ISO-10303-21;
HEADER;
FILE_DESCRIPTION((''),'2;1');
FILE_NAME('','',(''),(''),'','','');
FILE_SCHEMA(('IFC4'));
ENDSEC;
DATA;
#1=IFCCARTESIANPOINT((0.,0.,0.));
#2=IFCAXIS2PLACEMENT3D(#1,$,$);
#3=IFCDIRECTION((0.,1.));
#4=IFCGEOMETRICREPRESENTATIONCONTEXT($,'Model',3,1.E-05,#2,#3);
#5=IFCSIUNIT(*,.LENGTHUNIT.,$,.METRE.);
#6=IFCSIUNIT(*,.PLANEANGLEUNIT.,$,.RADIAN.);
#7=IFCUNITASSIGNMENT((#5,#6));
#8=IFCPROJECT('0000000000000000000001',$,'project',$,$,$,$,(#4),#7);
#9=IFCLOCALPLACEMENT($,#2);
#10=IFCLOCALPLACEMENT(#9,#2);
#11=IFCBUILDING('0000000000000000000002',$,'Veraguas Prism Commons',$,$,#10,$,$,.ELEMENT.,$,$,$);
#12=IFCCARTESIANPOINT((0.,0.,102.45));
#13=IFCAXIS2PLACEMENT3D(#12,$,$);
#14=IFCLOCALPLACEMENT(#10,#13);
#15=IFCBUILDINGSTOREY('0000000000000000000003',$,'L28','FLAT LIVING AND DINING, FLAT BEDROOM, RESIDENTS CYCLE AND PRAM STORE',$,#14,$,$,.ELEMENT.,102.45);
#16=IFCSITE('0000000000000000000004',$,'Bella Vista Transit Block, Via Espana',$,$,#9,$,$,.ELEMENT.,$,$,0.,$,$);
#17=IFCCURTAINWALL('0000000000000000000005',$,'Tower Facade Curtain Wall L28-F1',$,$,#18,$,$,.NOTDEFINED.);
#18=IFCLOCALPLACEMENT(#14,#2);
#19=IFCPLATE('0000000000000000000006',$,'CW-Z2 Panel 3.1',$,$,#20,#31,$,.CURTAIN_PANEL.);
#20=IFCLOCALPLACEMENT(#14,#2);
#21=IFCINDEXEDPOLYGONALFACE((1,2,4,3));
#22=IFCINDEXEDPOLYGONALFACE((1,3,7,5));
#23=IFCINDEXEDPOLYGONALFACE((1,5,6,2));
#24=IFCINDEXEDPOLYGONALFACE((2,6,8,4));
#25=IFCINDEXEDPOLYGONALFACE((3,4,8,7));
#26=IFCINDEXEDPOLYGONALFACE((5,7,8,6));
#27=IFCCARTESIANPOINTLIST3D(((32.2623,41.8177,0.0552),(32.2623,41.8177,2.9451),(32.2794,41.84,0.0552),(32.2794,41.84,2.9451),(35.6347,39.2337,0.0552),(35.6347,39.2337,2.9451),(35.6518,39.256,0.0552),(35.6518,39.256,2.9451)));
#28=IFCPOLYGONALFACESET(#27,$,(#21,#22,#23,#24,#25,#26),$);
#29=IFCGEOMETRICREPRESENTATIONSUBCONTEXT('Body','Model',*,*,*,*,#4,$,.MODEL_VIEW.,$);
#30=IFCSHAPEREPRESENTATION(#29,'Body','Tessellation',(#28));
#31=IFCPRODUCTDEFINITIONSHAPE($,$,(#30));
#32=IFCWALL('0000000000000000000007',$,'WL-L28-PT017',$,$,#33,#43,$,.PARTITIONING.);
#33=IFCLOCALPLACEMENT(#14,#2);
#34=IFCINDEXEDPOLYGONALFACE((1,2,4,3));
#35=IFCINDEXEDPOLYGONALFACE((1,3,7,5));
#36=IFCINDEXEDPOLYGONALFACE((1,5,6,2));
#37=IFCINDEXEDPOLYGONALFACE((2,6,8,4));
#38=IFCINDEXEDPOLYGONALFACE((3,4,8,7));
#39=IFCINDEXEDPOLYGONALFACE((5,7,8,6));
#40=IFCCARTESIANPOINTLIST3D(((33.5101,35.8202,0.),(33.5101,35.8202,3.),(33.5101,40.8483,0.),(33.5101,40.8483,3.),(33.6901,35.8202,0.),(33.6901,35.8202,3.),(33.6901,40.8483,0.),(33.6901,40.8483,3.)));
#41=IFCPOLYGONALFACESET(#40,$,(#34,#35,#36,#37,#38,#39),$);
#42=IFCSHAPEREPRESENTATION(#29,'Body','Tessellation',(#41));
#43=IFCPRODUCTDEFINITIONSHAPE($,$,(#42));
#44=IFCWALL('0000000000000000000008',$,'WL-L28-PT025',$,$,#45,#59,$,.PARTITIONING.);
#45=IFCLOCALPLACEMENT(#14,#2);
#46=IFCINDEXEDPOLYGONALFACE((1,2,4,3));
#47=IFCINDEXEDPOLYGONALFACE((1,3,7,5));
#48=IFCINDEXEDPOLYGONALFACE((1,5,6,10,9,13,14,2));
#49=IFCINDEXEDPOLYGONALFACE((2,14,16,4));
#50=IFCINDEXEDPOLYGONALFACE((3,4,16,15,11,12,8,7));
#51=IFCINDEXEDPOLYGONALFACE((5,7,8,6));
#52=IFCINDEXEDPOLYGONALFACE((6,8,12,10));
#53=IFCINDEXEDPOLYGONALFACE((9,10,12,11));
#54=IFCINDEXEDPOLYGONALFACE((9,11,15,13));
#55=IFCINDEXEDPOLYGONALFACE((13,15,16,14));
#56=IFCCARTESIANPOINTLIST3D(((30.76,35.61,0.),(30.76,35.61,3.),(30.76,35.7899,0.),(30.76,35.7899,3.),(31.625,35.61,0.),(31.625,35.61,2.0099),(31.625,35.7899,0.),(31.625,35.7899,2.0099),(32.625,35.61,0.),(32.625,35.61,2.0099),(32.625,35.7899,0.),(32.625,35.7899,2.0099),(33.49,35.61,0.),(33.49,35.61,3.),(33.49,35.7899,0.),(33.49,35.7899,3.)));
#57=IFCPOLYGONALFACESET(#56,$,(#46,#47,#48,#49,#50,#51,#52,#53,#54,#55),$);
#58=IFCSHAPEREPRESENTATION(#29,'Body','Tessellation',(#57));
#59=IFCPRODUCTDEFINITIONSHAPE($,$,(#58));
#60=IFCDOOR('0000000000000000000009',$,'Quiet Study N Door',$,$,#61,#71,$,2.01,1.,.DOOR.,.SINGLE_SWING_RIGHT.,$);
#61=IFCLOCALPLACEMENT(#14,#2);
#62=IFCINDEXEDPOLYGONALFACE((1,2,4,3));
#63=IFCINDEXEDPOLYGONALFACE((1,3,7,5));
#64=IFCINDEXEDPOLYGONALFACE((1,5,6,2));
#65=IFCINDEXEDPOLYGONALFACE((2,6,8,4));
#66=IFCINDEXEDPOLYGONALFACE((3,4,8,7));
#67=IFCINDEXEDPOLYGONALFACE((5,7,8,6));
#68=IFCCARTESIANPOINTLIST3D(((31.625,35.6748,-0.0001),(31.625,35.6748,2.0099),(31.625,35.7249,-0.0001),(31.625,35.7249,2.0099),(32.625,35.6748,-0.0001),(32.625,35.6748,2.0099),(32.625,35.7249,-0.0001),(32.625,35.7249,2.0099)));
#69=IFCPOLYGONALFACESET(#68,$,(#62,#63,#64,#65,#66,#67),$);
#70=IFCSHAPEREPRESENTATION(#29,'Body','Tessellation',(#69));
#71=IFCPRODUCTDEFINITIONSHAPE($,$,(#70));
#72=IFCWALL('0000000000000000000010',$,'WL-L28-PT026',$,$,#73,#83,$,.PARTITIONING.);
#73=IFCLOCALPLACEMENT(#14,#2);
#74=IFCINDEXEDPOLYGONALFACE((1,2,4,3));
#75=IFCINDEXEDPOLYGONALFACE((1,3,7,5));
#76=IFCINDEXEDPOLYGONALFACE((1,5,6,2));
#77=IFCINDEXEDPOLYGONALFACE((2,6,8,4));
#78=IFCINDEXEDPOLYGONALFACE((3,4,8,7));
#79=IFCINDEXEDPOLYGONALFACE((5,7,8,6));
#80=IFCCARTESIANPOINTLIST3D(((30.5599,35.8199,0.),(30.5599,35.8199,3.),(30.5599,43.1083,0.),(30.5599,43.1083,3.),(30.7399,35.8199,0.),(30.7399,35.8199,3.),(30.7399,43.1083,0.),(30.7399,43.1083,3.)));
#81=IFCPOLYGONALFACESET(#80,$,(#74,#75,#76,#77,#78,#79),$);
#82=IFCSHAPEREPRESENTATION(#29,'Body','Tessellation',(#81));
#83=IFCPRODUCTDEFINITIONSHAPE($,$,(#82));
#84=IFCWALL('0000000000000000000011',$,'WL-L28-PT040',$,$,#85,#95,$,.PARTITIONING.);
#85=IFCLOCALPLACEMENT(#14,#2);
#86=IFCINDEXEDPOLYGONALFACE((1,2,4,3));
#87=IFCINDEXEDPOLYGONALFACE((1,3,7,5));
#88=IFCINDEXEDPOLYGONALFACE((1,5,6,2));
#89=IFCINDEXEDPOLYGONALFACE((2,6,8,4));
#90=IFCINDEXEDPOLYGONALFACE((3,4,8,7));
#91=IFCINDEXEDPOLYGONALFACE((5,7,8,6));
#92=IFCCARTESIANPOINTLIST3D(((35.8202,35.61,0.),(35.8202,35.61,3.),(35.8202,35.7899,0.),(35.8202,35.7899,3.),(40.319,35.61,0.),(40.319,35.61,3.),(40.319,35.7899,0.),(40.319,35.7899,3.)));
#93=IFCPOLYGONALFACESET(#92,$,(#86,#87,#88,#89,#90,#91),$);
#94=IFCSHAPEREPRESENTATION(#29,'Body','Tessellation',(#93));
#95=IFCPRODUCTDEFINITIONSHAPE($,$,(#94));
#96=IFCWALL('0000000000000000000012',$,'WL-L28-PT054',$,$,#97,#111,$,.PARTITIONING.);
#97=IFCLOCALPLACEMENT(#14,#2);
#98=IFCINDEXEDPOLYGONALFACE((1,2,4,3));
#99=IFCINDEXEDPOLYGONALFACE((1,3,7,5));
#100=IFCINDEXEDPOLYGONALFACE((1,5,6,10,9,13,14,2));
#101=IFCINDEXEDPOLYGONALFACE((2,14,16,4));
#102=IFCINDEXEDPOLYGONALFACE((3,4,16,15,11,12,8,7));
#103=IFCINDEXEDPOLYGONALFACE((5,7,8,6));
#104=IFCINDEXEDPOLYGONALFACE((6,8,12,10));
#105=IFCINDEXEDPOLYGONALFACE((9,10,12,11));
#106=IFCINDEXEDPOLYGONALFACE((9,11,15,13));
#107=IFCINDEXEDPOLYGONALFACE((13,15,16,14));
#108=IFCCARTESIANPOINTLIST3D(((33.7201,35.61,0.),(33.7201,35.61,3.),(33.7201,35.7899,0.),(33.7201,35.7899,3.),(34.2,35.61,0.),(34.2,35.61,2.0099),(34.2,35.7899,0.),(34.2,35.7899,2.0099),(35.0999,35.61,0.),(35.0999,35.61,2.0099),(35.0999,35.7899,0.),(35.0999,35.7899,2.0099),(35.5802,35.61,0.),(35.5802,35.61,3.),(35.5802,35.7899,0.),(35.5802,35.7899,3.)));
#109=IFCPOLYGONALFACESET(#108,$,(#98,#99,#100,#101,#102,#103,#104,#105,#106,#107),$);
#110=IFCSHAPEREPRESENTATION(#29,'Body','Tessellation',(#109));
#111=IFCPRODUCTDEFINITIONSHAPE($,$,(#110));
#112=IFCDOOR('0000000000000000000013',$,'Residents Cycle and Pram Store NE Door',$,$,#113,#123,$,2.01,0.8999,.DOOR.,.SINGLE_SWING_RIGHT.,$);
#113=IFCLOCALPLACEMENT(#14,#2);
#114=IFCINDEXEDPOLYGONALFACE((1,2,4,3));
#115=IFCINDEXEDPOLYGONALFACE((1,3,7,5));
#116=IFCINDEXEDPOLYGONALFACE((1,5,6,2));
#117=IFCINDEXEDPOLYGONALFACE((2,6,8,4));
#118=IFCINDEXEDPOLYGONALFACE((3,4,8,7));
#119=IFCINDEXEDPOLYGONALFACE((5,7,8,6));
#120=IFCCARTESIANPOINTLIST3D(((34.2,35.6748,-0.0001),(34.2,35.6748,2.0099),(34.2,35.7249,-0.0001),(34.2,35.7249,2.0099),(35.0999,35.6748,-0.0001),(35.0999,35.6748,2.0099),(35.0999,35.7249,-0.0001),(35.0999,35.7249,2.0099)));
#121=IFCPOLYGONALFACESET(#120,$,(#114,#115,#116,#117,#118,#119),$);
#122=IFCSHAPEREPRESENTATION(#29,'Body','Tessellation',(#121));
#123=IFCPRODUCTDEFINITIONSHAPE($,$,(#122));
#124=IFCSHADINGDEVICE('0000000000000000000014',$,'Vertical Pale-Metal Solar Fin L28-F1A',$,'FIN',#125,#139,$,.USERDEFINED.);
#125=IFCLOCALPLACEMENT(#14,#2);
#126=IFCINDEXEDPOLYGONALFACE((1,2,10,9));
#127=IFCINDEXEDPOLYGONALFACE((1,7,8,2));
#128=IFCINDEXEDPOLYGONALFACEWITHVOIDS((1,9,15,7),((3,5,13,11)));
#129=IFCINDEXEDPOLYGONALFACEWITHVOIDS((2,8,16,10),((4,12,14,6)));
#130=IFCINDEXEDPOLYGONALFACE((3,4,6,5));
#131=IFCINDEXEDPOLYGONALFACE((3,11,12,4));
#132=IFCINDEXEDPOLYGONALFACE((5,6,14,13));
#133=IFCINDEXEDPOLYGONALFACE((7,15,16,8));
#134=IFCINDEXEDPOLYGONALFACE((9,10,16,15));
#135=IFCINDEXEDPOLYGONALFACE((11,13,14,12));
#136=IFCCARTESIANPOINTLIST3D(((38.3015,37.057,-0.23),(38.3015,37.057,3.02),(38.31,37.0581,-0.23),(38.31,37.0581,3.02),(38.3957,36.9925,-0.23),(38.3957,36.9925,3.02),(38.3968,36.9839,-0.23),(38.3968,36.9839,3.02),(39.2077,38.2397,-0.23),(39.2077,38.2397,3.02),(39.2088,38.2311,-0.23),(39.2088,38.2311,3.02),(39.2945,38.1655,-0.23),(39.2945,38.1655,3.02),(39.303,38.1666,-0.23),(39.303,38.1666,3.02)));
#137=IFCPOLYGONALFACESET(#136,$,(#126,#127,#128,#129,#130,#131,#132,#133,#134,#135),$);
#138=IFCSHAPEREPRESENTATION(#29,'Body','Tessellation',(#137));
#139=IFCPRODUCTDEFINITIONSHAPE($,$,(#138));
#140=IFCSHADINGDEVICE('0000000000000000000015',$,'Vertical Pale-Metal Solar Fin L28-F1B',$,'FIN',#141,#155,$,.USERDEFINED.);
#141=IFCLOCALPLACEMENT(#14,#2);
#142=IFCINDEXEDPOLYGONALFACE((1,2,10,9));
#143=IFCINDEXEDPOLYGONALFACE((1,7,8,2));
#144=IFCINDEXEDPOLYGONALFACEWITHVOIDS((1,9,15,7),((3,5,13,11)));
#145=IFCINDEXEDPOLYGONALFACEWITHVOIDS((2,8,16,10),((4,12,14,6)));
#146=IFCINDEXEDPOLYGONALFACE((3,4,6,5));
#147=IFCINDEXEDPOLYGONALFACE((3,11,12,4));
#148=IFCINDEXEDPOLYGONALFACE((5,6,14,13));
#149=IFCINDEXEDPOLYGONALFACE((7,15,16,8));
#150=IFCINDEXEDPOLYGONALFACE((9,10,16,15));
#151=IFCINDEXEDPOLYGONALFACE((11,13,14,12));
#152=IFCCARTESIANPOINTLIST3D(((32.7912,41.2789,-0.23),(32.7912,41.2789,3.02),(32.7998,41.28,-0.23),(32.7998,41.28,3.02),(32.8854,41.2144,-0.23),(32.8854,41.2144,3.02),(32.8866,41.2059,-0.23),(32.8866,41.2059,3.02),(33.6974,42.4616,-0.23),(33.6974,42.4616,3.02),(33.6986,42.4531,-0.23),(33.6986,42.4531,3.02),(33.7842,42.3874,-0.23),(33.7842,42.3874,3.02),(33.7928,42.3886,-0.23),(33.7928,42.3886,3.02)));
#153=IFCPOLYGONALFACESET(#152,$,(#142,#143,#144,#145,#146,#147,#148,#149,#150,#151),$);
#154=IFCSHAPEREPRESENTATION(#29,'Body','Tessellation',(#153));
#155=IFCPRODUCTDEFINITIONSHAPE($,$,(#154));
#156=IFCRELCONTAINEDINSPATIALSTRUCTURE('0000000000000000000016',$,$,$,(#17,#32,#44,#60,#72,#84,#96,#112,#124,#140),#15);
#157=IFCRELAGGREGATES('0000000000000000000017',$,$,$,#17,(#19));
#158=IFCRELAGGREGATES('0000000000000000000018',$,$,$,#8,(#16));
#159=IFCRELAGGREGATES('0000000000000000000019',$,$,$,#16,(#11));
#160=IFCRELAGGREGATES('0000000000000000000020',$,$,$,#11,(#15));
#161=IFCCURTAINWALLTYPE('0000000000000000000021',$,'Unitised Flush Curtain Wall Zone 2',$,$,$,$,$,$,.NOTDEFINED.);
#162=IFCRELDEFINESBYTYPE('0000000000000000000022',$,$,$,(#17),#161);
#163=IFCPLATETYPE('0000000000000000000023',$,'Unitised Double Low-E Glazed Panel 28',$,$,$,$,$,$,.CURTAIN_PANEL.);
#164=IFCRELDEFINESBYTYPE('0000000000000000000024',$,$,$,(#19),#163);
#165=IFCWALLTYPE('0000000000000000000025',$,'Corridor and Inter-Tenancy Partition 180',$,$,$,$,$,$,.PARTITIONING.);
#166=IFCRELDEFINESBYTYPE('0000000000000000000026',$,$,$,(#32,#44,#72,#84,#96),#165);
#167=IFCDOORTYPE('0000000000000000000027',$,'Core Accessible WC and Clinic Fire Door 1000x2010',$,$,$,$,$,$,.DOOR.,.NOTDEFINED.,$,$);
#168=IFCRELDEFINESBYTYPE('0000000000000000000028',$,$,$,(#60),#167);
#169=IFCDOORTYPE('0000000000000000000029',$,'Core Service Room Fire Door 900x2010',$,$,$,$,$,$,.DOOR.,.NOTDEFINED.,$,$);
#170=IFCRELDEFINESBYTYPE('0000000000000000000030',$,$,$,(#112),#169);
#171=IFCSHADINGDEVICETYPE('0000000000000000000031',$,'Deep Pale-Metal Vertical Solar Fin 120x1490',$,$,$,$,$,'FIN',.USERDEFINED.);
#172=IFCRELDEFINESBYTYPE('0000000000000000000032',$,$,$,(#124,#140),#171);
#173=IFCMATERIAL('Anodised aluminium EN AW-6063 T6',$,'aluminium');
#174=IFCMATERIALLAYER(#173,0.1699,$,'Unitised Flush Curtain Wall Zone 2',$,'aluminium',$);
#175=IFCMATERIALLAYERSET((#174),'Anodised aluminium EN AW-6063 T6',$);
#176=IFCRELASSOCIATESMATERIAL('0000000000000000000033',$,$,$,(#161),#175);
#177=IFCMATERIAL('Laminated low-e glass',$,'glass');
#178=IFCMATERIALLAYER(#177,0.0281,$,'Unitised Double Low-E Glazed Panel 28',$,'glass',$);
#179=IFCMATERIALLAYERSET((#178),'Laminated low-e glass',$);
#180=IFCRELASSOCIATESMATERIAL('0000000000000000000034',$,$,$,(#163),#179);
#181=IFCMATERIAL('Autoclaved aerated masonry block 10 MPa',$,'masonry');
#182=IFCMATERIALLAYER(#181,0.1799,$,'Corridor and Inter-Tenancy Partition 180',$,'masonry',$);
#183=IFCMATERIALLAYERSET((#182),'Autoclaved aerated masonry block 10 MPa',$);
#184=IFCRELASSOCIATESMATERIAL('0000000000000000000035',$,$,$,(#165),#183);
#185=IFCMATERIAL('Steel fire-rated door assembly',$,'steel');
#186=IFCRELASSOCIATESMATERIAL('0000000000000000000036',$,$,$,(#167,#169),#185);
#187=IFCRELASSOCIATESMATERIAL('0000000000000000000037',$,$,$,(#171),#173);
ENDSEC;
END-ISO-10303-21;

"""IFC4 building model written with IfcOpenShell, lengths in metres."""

from ifc_helpers import new_model, si_unit, direction, frame, frame_2d, origin, origin_2d, place, context, subcontext, project, spatial, rectangle, hollow_rectangle, extrude, source, transform, mapped, material, layer, layer_set, material_profile, profile_set, type_object, element, fill, aggregate, save


model = new_model("IFC4")

# Units and contexts
model_context = context("Model", 3, precision=1e-05, world=origin(), true_north=direction((0.0, 1.0)))
body_context = subcontext(model_context, "Body", "Model", "MODEL_VIEW")
ifc_project = project(units=[si_unit("LENGTHUNIT", "METRE"), si_unit("PLANEANGLEUNIT", "RADIAN")], contexts=[model_context])

# Site, building, storey
site_placement = place(None, origin())
site = spatial("IfcSite", under=ifc_project, at=site_placement, Name="Bella Vista Transit Block, Via Espana", CompositionType="ELEMENT", RefElevation=0.0)
building_placement = place(site_placement, origin())
building = spatial("IfcBuilding", under=site, at=building_placement, Name="Veraguas Prism Commons", CompositionType="ELEMENT")
storey_placement = place(building_placement, frame((0.0, 0.0, 102.45)))
storey = spatial("IfcBuildingStorey", under=building, at=storey_placement, Name="L28", Description="FLAT LIVING AND DINING, FLAT BEDROOM, RESIDENTS CYCLE AND PRAM STORE", CompositionType="ELEMENT", Elevation=102.45)

# Curtain wall, plate
ifc_material_1 = material(Name="Anodised aluminium EN AW-6063 T6", Category="aluminium")
ifc_layer_1 = layer(ifc_material_1, 0.1699, Name="Unitised Flush Curtain Wall Zone 2", Category="aluminium")
ifc_layer_set_1 = layer_set([ifc_layer_1], Name="Anodised aluminium EN AW-6063 T6")
curtain_wall_type = type_object("IfcCurtainWallType", Name="Unitised Flush Curtain Wall Zone 2", PredefinedType="NOTDEFINED", material=ifc_layer_set_1)
curtain_wall_placement = place(storey_placement, origin())
curtain_wall = element("IfcCurtainWall", 1, at=curtain_wall_placement, inside=storey, type_object=curtain_wall_type, Name="Tower Facade Curtain Wall L28-F1", PredefinedType="NOTDEFINED")
ifc_material_2 = material(Name="Laminated low-e glass", Category="glass")
ifc_layer_2 = layer(ifc_material_2, 0.0281, Name="Unitised Double Low-E Glazed Panel 28", Category="glass")
ifc_layer_set_2 = layer_set([ifc_layer_2], Name="Laminated low-e glass")
plate_type = type_object("IfcPlateType", Name="Unitised Double Low-E Glazed Panel 28", PredefinedType="CURTAIN_PANEL", material=ifc_layer_set_2)
shared_shape_1 = source(origin(), body_context, "Body", "SweptSolid", [
    extrude(rectangle(XDim=4.2485, YDim=0.0281, at=origin_2d()), origin(), (0.0, 0.0, 1.0), 2.8899),
])
plate_1_placement = place(storey_placement, frame((33.957, 40.5369, 0.0552), z_axis=(0.0, 0.0, 1.0), x_axis=(-0.793778, 0.608207, 0.0)))
plate_1 = element("IfcPlate", 2, at=plate_1_placement, type_object=plate_type, Name="CW-Z2 Panel 3.1", PredefinedType="CURTAIN_PANEL", context=body_context, shape_type="MappedRepresentation", body=[
    mapped(shared_shape_1, transform((0.0, 0.0, 0.0), scale=1.0)),
])
aggregate(curtain_wall, [plate_1])

# Wall
ifc_material_3 = material(Name="Autoclaved aerated masonry block 10 MPa", Category="masonry")
ifc_layer_3 = layer(ifc_material_3, 0.1799, Name="Corridor and Inter-Tenancy Partition 180", Category="masonry")
ifc_layer_set_3 = layer_set([ifc_layer_3], Name="Autoclaved aerated masonry block 10 MPa")
wall_type = type_object("IfcWallType", Name="Corridor and Inter-Tenancy Partition 180", PredefinedType="PARTITIONING", material=ifc_layer_set_3)
wall_1_placement = place(storey_placement, frame((33.6001, 35.8201, 0.0), z_axis=(0.0, 0.0, 1.0), x_axis=(0.0, 1.0, 0.0)))
element("IfcWall", 3, at=wall_1_placement, inside=storey, type_object=wall_type, Name="WL-L28-PT017", PredefinedType="PARTITIONING", context=body_context, shape_type="SweptSolid", body=[
    extrude(rectangle(XDim=5.0281, YDim=0.1799, at=frame_2d((2.5142, 0.0))), origin(), (0.0, 0.0, 1.0), 3.0),
])

# Wall, opening, door
wall_2_placement = place(storey_placement, frame((30.76, 35.7, 0.0), z_axis=(0.0, 0.0, 1.0), x_axis=(1.0, 0.0, 0.0)))
wall_2 = element("IfcWall", 4, at=wall_2_placement, inside=storey, type_object=wall_type, Name="WL-L28-PT025", PredefinedType="PARTITIONING", context=body_context, shape_type="SweptSolid", body=[
    extrude(rectangle(XDim=2.73, YDim=0.1799, at=frame_2d((1.365, 0.0))), origin(), (0.0, 0.0, 1.0), 3.0),
])
opening_1_placement = place(wall_2_placement, frame((0.865, 0.0, 0.0)))
opening_1 = element("IfcOpeningElement", 5, at=opening_1_placement, cuts=wall_2, PredefinedType="OPENING", context=body_context, shape_type="SweptSolid", body=[
    extrude(rectangle(XDim=1.0, YDim=2.01, at=frame_2d((0.5, 1.0049))), frame((0.0, 0.0999, 0.0), z_axis=(0.0, -1.0, 0.0), x_axis=(1.0, 0.0, 0.0)), (0.0, 0.0, 1.0), 0.2),
])
ifc_material_4 = material(Name="Steel fire-rated door assembly", Category="steel")
door_type_1 = type_object("IfcDoorType", Name="Core Accessible WC and Clinic Fire Door 1000x2010", OperationType="NOTDEFINED", PredefinedType="DOOR", material=ifc_material_4)
shared_shape_2 = source(origin(), body_context, "Body", "SweptSolid", [
    extrude(rectangle(XDim=1.0, YDim=2.01, at=frame_2d((0.5, 1.0049))), frame((0.0, 0.0249, 0.0), z_axis=(0.0, -1.0, 0.0), x_axis=(1.0, 0.0, 0.0)), (0.0, 0.0, 1.0), 0.05),
])
door_1_placement = place(opening_1_placement, origin())
door_1 = element("IfcDoor", 6, at=door_1_placement, inside=storey, type_object=door_type_1, Name="Quiet Study N Door", OperationType="SINGLE_SWING_RIGHT", OverallHeight=2.01, OverallWidth=1.0, PredefinedType="DOOR", context=body_context, shape_type="MappedRepresentation", body=[
    mapped(shared_shape_2, transform((0.0, 0.0, 0.0), scale=1.0)),
])
fill(opening_1, door_1)

# Walls
wall_3_placement = place(storey_placement, frame((30.6499, 35.8201, 0.0), z_axis=(0.0, 0.0, 1.0), x_axis=(0.0, 1.0, 0.0)))
element("IfcWall", 7, at=wall_3_placement, inside=storey, type_object=wall_type, Name="WL-L28-PT026", PredefinedType="PARTITIONING", context=body_context, shape_type="SweptSolid", body=[
    extrude(rectangle(XDim=7.2883, YDim=0.1799, at=frame_2d((3.644, 0.0))), origin(), (0.0, 0.0, 1.0), 3.0),
])
wall_4_placement = place(storey_placement, frame((35.8201, 35.7, 0.0), z_axis=(0.0, 0.0, 1.0), x_axis=(1.0, 0.0, 0.0)))
element("IfcWall", 8, at=wall_4_placement, inside=storey, type_object=wall_type, Name="WL-L28-PT040", PredefinedType="PARTITIONING", context=body_context, shape_type="SweptSolid", body=[
    extrude(rectangle(XDim=4.4988, YDim=0.1799, at=frame_2d((2.2495, 0.0))), origin(), (0.0, 0.0, 1.0), 3.0),
])

# Wall, opening, door
wall_5_placement = place(storey_placement, frame((33.72, 35.7, 0.0), z_axis=(0.0, 0.0, 1.0), x_axis=(1.0, 0.0, 0.0)))
wall_5 = element("IfcWall", 9, at=wall_5_placement, inside=storey, type_object=wall_type, Name="WL-L28-PT054", PredefinedType="PARTITIONING", context=body_context, shape_type="SweptSolid", body=[
    extrude(rectangle(XDim=1.8601, YDim=0.1799, at=frame_2d((0.9302, 0.0))), origin(), (0.0, 0.0, 1.0), 3.0),
])
opening_2_placement = place(wall_5_placement, frame((0.48, 0.0, 0.0)))
opening_2 = element("IfcOpeningElement", 10, at=opening_2_placement, cuts=wall_5, PredefinedType="OPENING", context=body_context, shape_type="SweptSolid", body=[
    extrude(rectangle(XDim=0.8999, YDim=2.01, at=frame_2d((0.45, 1.0049))), frame((0.0, 0.0999, 0.0), z_axis=(0.0, -1.0, 0.0), x_axis=(1.0, 0.0, 0.0)), (0.0, 0.0, 1.0), 0.2),
])
door_type_2 = type_object("IfcDoorType", Name="Core Service Room Fire Door 900x2010", OperationType="NOTDEFINED", PredefinedType="DOOR", material=ifc_material_4)
shared_shape_3 = source(origin(), body_context, "Body", "SweptSolid", [
    extrude(rectangle(XDim=0.8999, YDim=2.01, at=frame_2d((0.45, 1.0049))), frame((0.0, 0.0249, 0.0), z_axis=(0.0, -1.0, 0.0), x_axis=(1.0, 0.0, 0.0)), (0.0, 0.0, 1.0), 0.05),
])
door_2_placement = place(opening_2_placement, origin())
door_2 = element("IfcDoor", 11, at=door_2_placement, inside=storey, type_object=door_type_2, Name="Residents Cycle and Pram Store NE Door", OperationType="SINGLE_SWING_RIGHT", OverallHeight=2.01, OverallWidth=0.8999, PredefinedType="DOOR", context=body_context, shape_type="MappedRepresentation", body=[
    mapped(shared_shape_3, transform((0.0, 0.0, 0.0), scale=1.0)),
])
fill(opening_2, door_2)

# Shading devices
ifc_material_profile_1 = material_profile(ifc_material_1, hollow_rectangle(XDim=0.1201, YDim=1.49, WallThickness=0.0061, at=origin_2d()), Name="FIN120X1490X6")
ifc_profile_set_1 = profile_set([ifc_material_profile_1], Name="Anodised aluminium EN AW-6063 T6")
shading_device_type = type_object("IfcShadingDeviceType", Name="Deep Pale-Metal Vertical Solar Fin 120x1490", ElementType="FIN", PredefinedType="USERDEFINED", material=ifc_profile_set_1)
for number, where, z_axis, x_axis, name in (
    (12, (38.8022, 37.6118, -0.23), (0.0, 0.0, 1.0), (-0.793776, 0.60821, 0.0), "Vertical Pale-Metal Solar Fin L28-F1A"),
    (13, (33.292, 41.8337, -0.23), (0.0, 0.0, 1.0), (-0.793776, 0.60821, 0.0), "Vertical Pale-Metal Solar Fin L28-F1B"),
):
    element("IfcShadingDevice", number, at=place(storey_placement, frame(where, z_axis=z_axis, x_axis=x_axis)), inside=storey, type_object=shading_device_type, Name=name, ObjectType="FIN", PredefinedType="USERDEFINED", context=body_context, shape_type="SweptSolid", body=[
        extrude(hollow_rectangle(XDim=0.1201, YDim=1.49, WallThickness=0.0061, at=origin_2d()), origin(), (0.0, 0.0, 1.0), 3.25),
    ])

save(model, "model.ifc")
